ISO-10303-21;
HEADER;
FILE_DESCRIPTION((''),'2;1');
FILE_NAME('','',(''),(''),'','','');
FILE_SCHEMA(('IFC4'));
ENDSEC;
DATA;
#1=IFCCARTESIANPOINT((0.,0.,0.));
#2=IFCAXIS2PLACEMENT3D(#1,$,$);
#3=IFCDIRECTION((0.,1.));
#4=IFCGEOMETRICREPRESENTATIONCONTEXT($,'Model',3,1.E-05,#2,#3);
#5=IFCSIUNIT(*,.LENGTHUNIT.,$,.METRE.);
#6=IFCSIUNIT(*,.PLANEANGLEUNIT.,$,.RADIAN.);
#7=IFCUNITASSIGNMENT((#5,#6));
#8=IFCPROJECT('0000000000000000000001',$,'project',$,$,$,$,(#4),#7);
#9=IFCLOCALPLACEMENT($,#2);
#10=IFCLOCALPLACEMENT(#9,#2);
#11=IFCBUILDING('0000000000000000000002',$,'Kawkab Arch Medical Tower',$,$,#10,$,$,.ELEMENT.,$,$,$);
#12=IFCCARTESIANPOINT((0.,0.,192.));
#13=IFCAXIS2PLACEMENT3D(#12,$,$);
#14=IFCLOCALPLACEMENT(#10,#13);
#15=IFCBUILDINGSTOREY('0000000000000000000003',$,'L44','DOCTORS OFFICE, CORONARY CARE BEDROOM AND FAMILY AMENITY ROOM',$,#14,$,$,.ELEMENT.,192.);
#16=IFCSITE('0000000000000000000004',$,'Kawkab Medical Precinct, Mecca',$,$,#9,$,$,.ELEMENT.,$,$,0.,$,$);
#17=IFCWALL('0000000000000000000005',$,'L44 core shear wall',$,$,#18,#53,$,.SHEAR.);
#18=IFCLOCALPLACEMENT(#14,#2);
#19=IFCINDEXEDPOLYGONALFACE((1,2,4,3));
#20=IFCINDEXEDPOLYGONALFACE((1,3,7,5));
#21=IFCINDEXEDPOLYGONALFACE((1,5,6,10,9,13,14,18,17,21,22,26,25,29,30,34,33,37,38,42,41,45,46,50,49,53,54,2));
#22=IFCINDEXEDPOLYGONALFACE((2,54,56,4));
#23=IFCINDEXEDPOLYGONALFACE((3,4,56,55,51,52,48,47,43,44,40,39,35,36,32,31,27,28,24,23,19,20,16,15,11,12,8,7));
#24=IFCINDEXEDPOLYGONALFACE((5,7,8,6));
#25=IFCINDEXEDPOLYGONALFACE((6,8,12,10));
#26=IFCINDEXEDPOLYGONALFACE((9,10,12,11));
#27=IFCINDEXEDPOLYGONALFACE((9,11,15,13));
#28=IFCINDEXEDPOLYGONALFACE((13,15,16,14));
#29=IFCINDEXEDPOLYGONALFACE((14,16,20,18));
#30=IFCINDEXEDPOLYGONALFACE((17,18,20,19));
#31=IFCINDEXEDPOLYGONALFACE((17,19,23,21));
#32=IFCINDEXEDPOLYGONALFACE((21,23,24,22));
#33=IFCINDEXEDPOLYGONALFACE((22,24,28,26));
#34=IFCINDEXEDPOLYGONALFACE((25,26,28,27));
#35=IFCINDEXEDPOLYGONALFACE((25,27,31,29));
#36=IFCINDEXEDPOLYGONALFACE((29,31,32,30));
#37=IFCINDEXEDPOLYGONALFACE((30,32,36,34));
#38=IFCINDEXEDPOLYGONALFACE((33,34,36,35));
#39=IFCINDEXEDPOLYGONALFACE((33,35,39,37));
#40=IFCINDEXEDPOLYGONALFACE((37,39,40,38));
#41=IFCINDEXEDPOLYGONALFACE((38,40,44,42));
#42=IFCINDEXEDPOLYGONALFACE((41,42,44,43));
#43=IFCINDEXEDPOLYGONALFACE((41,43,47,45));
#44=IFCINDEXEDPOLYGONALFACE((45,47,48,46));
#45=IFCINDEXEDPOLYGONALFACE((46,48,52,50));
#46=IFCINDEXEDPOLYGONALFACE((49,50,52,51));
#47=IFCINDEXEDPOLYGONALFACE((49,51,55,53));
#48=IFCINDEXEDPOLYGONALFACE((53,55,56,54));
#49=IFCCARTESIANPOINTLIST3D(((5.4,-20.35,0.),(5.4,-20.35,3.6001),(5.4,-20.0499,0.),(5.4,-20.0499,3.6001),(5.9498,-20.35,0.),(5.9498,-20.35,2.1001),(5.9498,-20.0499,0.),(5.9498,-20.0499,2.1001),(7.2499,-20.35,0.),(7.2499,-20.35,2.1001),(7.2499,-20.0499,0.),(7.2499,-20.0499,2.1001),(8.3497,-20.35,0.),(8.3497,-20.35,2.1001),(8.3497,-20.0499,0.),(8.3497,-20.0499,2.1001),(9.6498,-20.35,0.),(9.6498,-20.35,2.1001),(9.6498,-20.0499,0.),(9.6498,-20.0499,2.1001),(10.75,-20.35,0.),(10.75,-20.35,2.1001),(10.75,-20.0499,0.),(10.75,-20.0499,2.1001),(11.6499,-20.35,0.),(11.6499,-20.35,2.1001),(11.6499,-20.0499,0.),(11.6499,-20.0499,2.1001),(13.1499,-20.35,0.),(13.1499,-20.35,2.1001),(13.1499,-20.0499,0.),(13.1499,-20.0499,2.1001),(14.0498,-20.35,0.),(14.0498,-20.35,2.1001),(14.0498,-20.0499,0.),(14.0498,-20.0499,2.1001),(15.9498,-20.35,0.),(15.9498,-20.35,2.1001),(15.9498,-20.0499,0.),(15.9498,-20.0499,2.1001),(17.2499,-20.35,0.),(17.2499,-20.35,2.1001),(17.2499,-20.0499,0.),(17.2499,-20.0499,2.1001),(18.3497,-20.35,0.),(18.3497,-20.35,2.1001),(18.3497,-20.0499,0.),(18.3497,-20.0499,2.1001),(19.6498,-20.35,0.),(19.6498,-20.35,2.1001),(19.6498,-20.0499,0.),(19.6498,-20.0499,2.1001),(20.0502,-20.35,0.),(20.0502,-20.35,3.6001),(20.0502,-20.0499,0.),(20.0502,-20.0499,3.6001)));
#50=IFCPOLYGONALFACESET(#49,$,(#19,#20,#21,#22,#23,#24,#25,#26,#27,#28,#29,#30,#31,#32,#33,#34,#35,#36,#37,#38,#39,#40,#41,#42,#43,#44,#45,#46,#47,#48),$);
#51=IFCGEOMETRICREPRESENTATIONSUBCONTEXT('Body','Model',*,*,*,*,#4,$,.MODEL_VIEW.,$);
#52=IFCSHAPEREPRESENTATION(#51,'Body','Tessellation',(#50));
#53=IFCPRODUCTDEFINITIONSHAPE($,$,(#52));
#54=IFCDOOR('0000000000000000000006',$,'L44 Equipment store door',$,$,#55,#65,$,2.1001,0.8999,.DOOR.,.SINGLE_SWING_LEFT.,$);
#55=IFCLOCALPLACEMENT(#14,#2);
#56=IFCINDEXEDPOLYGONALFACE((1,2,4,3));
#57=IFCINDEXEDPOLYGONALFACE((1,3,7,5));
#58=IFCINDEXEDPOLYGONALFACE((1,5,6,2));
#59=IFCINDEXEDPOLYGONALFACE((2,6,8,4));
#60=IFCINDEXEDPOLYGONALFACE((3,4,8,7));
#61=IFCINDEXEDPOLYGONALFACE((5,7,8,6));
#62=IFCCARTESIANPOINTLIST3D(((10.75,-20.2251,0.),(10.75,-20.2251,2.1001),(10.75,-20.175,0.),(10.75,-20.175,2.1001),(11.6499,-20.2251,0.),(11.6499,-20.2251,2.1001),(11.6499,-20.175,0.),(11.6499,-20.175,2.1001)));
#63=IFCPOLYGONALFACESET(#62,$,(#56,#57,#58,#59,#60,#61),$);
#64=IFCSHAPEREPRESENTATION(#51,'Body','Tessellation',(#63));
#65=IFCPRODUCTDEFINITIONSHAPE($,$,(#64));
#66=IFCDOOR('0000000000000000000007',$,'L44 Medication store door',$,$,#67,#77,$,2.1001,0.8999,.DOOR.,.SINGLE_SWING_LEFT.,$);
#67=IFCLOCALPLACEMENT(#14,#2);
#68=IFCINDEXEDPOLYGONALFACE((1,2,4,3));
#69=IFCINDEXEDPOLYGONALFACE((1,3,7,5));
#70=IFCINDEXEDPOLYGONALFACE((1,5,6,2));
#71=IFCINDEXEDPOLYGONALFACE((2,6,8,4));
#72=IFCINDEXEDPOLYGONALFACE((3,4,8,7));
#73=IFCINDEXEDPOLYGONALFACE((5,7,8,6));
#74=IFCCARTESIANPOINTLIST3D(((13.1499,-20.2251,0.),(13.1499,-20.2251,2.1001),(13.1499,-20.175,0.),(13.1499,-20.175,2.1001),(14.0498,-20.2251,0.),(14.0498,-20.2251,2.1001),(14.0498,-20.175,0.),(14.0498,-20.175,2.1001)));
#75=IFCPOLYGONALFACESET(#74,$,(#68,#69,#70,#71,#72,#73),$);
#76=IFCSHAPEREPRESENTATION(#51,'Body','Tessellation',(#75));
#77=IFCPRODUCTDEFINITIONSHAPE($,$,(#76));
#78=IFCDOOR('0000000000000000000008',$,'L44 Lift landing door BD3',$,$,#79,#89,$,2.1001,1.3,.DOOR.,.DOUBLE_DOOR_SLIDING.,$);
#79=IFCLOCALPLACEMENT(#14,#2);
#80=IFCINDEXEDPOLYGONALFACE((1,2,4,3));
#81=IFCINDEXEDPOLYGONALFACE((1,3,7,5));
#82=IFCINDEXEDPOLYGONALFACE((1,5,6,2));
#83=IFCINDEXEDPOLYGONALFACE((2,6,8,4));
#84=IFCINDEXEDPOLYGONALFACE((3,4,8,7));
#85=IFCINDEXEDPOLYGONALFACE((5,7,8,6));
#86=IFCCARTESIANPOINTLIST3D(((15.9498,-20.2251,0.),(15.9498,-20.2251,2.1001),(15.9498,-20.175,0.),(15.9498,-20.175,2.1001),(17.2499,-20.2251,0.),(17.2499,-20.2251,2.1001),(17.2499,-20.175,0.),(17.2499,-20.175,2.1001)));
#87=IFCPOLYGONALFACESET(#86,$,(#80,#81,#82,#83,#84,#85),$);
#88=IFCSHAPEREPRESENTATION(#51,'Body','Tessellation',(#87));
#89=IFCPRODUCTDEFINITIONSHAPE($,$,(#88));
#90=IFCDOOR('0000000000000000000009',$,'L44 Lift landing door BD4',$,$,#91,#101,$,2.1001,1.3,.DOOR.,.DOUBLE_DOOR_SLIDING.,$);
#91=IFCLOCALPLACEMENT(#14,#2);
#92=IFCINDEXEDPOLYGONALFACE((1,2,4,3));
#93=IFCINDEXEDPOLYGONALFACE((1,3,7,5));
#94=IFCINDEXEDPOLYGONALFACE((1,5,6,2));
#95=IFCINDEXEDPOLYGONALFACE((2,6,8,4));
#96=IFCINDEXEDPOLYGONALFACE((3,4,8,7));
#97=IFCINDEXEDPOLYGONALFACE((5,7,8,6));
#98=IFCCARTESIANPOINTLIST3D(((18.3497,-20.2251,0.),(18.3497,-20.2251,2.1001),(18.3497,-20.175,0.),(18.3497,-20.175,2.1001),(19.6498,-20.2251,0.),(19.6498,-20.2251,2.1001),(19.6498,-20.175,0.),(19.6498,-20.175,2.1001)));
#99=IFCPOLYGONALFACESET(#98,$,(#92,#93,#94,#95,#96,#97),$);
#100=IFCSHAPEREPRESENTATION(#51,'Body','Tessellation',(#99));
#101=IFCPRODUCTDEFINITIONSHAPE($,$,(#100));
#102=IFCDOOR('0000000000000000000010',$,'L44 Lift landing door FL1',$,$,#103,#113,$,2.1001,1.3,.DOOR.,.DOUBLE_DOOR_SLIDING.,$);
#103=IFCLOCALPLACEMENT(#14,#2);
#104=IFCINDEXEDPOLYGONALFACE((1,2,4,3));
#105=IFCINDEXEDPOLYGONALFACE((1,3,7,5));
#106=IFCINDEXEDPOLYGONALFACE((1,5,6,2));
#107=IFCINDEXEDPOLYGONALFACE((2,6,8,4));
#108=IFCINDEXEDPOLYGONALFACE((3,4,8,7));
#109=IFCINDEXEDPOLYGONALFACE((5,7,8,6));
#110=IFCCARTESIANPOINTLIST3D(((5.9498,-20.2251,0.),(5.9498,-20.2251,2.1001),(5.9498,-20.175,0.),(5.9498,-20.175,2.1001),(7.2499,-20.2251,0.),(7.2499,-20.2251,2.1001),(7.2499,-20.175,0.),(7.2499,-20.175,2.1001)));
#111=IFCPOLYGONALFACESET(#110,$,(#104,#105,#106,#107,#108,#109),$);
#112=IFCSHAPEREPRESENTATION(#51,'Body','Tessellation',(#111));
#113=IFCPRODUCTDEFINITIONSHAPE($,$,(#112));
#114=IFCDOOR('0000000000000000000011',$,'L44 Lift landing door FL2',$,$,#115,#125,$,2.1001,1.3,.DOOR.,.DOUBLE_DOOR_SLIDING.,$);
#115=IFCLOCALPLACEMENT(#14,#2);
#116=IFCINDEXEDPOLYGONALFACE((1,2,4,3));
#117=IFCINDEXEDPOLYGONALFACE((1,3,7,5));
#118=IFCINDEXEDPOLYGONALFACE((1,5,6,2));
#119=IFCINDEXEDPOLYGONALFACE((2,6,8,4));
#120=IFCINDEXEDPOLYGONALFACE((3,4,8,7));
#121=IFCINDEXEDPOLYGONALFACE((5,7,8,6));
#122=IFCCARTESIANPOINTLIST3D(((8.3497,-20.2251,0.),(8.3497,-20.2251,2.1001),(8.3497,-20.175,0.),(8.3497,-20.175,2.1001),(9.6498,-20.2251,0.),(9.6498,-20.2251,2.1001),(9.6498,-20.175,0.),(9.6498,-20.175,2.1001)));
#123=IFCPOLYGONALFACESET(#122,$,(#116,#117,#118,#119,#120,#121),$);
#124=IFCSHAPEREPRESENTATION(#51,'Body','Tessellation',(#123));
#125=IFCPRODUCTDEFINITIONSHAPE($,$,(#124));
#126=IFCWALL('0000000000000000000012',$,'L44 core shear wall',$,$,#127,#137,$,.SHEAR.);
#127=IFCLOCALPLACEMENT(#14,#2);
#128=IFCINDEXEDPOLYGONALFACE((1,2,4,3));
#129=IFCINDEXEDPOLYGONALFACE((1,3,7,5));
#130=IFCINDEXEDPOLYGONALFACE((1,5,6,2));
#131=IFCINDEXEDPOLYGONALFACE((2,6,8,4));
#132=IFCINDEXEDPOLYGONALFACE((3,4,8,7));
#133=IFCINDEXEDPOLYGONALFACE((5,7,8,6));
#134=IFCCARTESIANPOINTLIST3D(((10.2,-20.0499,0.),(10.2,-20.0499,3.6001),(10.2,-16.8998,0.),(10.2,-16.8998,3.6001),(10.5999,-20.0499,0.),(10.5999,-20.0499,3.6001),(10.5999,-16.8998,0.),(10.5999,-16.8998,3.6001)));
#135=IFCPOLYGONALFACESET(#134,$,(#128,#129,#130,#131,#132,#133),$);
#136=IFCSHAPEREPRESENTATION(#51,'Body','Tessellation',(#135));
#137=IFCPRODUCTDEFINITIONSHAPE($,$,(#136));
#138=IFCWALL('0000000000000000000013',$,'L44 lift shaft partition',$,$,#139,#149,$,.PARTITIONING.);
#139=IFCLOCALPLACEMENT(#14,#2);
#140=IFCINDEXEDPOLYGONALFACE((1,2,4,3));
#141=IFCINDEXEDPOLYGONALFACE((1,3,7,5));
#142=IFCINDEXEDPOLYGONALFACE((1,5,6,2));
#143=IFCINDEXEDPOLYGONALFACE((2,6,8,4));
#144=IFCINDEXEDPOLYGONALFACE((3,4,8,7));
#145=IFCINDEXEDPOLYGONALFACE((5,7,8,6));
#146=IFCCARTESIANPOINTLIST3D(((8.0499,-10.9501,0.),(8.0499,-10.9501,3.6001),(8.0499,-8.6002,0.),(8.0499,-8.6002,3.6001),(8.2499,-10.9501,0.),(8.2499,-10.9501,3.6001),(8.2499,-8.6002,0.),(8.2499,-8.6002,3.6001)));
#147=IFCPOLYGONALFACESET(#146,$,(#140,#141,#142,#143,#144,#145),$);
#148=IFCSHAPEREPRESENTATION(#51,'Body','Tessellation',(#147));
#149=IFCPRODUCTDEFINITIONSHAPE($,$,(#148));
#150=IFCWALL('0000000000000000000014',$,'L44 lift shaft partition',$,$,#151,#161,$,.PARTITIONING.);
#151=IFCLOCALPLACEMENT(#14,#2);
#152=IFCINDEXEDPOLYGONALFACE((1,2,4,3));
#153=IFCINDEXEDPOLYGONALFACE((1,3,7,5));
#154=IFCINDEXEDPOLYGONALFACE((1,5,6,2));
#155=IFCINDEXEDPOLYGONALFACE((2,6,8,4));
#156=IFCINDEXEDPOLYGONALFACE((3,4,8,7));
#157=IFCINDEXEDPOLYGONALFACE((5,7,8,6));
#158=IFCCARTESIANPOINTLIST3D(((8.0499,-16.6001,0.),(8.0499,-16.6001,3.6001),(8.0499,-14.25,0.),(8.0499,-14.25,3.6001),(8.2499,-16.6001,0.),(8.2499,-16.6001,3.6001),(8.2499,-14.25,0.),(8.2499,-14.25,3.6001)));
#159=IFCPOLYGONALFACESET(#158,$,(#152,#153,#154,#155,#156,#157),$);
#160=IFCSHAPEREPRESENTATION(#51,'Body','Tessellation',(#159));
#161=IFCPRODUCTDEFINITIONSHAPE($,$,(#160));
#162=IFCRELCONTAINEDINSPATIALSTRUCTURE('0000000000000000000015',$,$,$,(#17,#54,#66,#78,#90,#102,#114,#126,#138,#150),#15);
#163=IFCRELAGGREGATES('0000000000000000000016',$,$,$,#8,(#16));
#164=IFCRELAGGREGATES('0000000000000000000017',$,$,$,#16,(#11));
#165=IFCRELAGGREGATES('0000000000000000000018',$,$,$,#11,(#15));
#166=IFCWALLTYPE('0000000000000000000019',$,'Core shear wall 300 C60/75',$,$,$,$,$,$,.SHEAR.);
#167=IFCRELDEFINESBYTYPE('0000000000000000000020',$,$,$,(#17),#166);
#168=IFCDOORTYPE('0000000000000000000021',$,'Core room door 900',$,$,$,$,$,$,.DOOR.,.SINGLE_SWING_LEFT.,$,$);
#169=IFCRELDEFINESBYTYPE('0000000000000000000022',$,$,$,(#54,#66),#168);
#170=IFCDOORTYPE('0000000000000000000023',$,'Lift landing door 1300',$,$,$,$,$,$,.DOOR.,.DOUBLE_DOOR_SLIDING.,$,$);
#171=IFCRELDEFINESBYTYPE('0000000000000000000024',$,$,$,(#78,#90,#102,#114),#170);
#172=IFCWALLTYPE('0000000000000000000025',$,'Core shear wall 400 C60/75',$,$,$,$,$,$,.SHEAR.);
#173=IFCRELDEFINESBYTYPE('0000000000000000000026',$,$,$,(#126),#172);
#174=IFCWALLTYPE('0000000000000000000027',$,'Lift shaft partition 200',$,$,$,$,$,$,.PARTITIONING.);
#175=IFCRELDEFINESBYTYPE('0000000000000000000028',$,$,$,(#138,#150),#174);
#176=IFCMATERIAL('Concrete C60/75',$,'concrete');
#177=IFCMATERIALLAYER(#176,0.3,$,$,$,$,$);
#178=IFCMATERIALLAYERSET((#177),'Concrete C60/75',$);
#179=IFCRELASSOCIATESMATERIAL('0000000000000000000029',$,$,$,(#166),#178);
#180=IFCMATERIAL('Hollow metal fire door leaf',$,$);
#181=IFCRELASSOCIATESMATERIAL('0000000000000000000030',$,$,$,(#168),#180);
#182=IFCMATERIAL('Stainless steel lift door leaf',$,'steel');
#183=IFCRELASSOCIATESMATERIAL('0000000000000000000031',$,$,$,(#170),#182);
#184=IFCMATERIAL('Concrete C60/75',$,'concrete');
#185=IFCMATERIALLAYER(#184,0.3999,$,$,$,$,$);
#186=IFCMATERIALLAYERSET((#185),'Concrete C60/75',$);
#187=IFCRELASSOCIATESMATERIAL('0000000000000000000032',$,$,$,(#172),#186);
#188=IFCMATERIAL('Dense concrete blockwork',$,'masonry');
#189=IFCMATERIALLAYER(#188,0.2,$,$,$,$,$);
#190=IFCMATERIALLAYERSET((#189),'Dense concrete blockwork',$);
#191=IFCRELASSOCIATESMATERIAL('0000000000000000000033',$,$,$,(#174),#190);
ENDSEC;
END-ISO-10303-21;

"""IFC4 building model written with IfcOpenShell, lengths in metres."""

from ifc_helpers import new_model, si_unit, direction, frame, frame_2d, origin, place, context, subcontext, project, spatial, rectangle, extrude, material, layer, layer_set, type_object, element, fill, save


model = new_model("IFC4")

# Units and contexts
model_context = context("Model", 3, precision=1e-05, world=origin(), true_north=direction((0.0, 1.0)))
body_context = subcontext(model_context, "Body", "Model", "MODEL_VIEW")
ifc_project = project(units=[si_unit("LENGTHUNIT", "METRE"), si_unit("PLANEANGLEUNIT", "RADIAN")], contexts=[model_context])

# Site, building, storey
site_placement = place(None, origin())
site = spatial("IfcSite", under=ifc_project, at=site_placement, Name="Kawkab Medical Precinct, Mecca", CompositionType="ELEMENT", RefElevation=0.0)
building_placement = place(site_placement, origin())
building = spatial("IfcBuilding", under=site, at=building_placement, Name="Kawkab Arch Medical Tower", CompositionType="ELEMENT")
storey_placement = place(building_placement, frame((0.0, 0.0, 192.0)))
storey = spatial("IfcBuildingStorey", under=building, at=storey_placement, Name="L44", Description="DOCTORS OFFICE, CORONARY CARE BEDROOM AND FAMILY AMENITY ROOM", CompositionType="ELEMENT", Elevation=192.0)

# Shared definitions
ifc_material_1 = material(Name="Concrete C60/75", Category="concrete")
ifc_layer_1 = layer(ifc_material_1, 0.3)
ifc_layer_set_1 = layer_set([ifc_layer_1], Name="Concrete C60/75")
wall_type_1 = type_object("IfcWallType", Name="Core shear wall 300 C60/75", PredefinedType="SHEAR", material=ifc_layer_set_1)

# Shared definitions
ifc_material_2 = material(Name="Hollow metal fire door leaf")
door_type_1 = type_object("IfcDoorType", Name="Core room door 900", OperationType="SINGLE_SWING_LEFT", PredefinedType="DOOR", material=ifc_material_2)

# Wall, openings, doors
wall_1_placement = place(storey_placement, frame((5.3999, -20.2, 0.0), z_axis=(0.0, 0.0, 1.0), x_axis=(1.0, 0.0, 0.0)))
wall_1 = element("IfcWall", 1, at=wall_1_placement, inside=storey, type_object=wall_type_1, Name="L44 core shear wall", PredefinedType="SHEAR", context=body_context, shape_type="SweptSolid", body=[
    extrude(rectangle(XDim=14.6501, YDim=0.3, at=frame_2d((7.3252, 0.0))), origin(), (0.0, 0.0, 1.0), 3.6001),
])
opening_1_placement = place(wall_1_placement, frame((10.55, 0.0, 0.0)))
opening_1 = element("IfcOpeningElement", 2, at=opening_1_placement, cuts=wall_1, PredefinedType="OPENING", context=body_context, shape_type="SweptSolid", body=[
    extrude(rectangle(XDim=1.3, YDim=2.1001, at=frame_2d((0.6499, 1.05))), frame((0.0, 0.1599, 0.0), z_axis=(0.0, -1.0, 0.0), x_axis=(1.0, 0.0, 0.0)), (0.0, 0.0, 1.0), 0.3201),
])
opening_2_placement = place(wall_1_placement, frame((12.95, 0.0, 0.0)))
opening_2 = element("IfcOpeningElement", 3, at=opening_2_placement, cuts=wall_1, PredefinedType="OPENING", context=body_context, shape_type="SweptSolid", body=[
    extrude(rectangle(XDim=1.3, YDim=2.1001, at=frame_2d((0.6499, 1.05))), frame((0.0, 0.1599, 0.0), z_axis=(0.0, -1.0, 0.0), x_axis=(1.0, 0.0, 0.0)), (0.0, 0.0, 1.0), 0.3201),
])
opening_3_placement = place(wall_1_placement, frame((0.55, 0.0, 0.0)))
opening_3 = element("IfcOpeningElement", 4, at=opening_3_placement, cuts=wall_1, PredefinedType="OPENING", context=body_context, shape_type="SweptSolid", body=[
    extrude(rectangle(XDim=1.3, YDim=2.1001, at=frame_2d((0.6499, 1.05))), frame((0.0, 0.1599, 0.0), z_axis=(0.0, -1.0, 0.0), x_axis=(1.0, 0.0, 0.0)), (0.0, 0.0, 1.0), 0.3201),
])
opening_4_placement = place(wall_1_placement, frame((2.95, 0.0, 0.0)))
opening_4 = element("IfcOpeningElement", 5, at=opening_4_placement, cuts=wall_1, PredefinedType="OPENING", context=body_context, shape_type="SweptSolid", body=[
    extrude(rectangle(XDim=1.3, YDim=2.1001, at=frame_2d((0.6499, 1.05))), frame((0.0, 0.1599, 0.0), z_axis=(0.0, -1.0, 0.0), x_axis=(1.0, 0.0, 0.0)), (0.0, 0.0, 1.0), 0.3201),
])
opening_5_placement = place(wall_1_placement, frame((5.3501, 0.0, 0.0)))
opening_5 = element("IfcOpeningElement", 6, at=opening_5_placement, cuts=wall_1, PredefinedType="OPENING", context=body_context, shape_type="SweptSolid", body=[
    extrude(rectangle(XDim=0.8999, YDim=2.1001, at=frame_2d((0.45, 1.05))), frame((0.0, 0.1599, 0.0), z_axis=(0.0, -1.0, 0.0), x_axis=(1.0, 0.0, 0.0)), (0.0, 0.0, 1.0), 0.3201),
])
opening_6_placement = place(wall_1_placement, frame((7.75, 0.0, 0.0)))
opening_6 = element("IfcOpeningElement", 7, at=opening_6_placement, cuts=wall_1, PredefinedType="OPENING", context=body_context, shape_type="SweptSolid", body=[
    extrude(rectangle(XDim=0.8999, YDim=2.1001, at=frame_2d((0.45, 1.05))), frame((0.0, 0.1599, 0.0), z_axis=(0.0, -1.0, 0.0), x_axis=(1.0, 0.0, 0.0)), (0.0, 0.0, 1.0), 0.3201),
])
door_1_placement = place(opening_5_placement, origin())
door_1 = element("IfcDoor", 8, at=door_1_placement, inside=storey, type_object=door_type_1, Name="L44 Equipment store door", OperationType="SINGLE_SWING_LEFT", OverallHeight=2.1001, OverallWidth=0.8999, PredefinedType="DOOR", context=body_context, shape_type="SweptSolid", body=[
    extrude(rectangle(XDim=0.8999, YDim=2.1001, at=frame_2d((0.45, 1.05))), frame((0.0, 0.0249, 0.0), z_axis=(0.0, -1.0, 0.0), x_axis=(1.0, 0.0, 0.0)), (0.0, 0.0, 1.0), 0.05),
])
fill(opening_5, door_1)
door_2_placement = place(opening_6_placement, origin())
door_2 = element("IfcDoor", 9, at=door_2_placement, inside=storey, type_object=door_type_1, Name="L44 Medication store door", OperationType="SINGLE_SWING_LEFT", OverallHeight=2.1001, OverallWidth=0.8999, PredefinedType="DOOR", context=body_context, shape_type="SweptSolid", body=[
    extrude(rectangle(XDim=0.8999, YDim=2.1001, at=frame_2d((0.45, 1.05))), frame((0.0, 0.0249, 0.0), z_axis=(0.0, -1.0, 0.0), x_axis=(1.0, 0.0, 0.0)), (0.0, 0.0, 1.0), 0.05),
])
fill(opening_6, door_2)
ifc_material_3 = material(Name="Stainless steel lift door leaf", Category="steel")
door_type_2 = type_object("IfcDoorType", Name="Lift landing door 1300", OperationType="DOUBLE_DOOR_SLIDING", PredefinedType="DOOR", material=ifc_material_3)
door_3_placement = place(opening_1_placement, origin())
door_3 = element("IfcDoor", 10, at=door_3_placement, inside=storey, type_object=door_type_2, Name="L44 Lift landing door BD3", OperationType="DOUBLE_DOOR_SLIDING", OverallHeight=2.1001, OverallWidth=1.3, PredefinedType="DOOR", context=body_context, shape_type="SweptSolid", body=[
    extrude(rectangle(XDim=1.3, YDim=2.1001, at=frame_2d((0.6499, 1.05))), frame((0.0, 0.0249, 0.0), z_axis=(0.0, -1.0, 0.0), x_axis=(1.0, 0.0, 0.0)), (0.0, 0.0, 1.0), 0.05),
])
fill(opening_1, door_3)
door_4_placement = place(opening_2_placement, origin())
door_4 = element("IfcDoor", 11, at=door_4_placement, inside=storey, type_object=door_type_2, Name="L44 Lift landing door BD4", OperationType="DOUBLE_DOOR_SLIDING", OverallHeight=2.1001, OverallWidth=1.3, PredefinedType="DOOR", context=body_context, shape_type="SweptSolid", body=[
    extrude(rectangle(XDim=1.3, YDim=2.1001, at=frame_2d((0.6499, 1.05))), frame((0.0, 0.0249, 0.0), z_axis=(0.0, -1.0, 0.0), x_axis=(1.0, 0.0, 0.0)), (0.0, 0.0, 1.0), 0.05),
])
fill(opening_2, door_4)
door_5_placement = place(opening_3_placement, origin())
door_5 = element("IfcDoor", 12, at=door_5_placement, inside=storey, type_object=door_type_2, Name="L44 Lift landing door FL1", OperationType="DOUBLE_DOOR_SLIDING", OverallHeight=2.1001, OverallWidth=1.3, PredefinedType="DOOR", context=body_context, shape_type="SweptSolid", body=[
    extrude(rectangle(XDim=1.3, YDim=2.1001, at=frame_2d((0.6499, 1.05))), frame((0.0, 0.0249, 0.0), z_axis=(0.0, -1.0, 0.0), x_axis=(1.0, 0.0, 0.0)), (0.0, 0.0, 1.0), 0.05),
])
fill(opening_3, door_5)
door_6_placement = place(opening_4_placement, origin())
door_6 = element("IfcDoor", 13, at=door_6_placement, inside=storey, type_object=door_type_2, Name="L44 Lift landing door FL2", OperationType="DOUBLE_DOOR_SLIDING", OverallHeight=2.1001, OverallWidth=1.3, PredefinedType="DOOR", context=body_context, shape_type="SweptSolid", body=[
    extrude(rectangle(XDim=1.3, YDim=2.1001, at=frame_2d((0.6499, 1.05))), frame((0.0, 0.0249, 0.0), z_axis=(0.0, -1.0, 0.0), x_axis=(1.0, 0.0, 0.0)), (0.0, 0.0, 1.0), 0.05),
])
fill(opening_4, door_6)

# Walls
ifc_material_4 = material(Name="Concrete C60/75", Category="concrete")
ifc_layer_2 = layer(ifc_material_4, 0.3999)
ifc_layer_set_2 = layer_set([ifc_layer_2], Name="Concrete C60/75")
wall_type_2 = type_object("IfcWallType", Name="Core shear wall 400 C60/75", PredefinedType="SHEAR", material=ifc_layer_set_2)
wall_2_placement = place(storey_placement, frame((10.3999, -20.05, 0.0), z_axis=(0.0, 0.0, 1.0), x_axis=(0.0, 1.0, 0.0)))
element("IfcWall", 14, at=wall_2_placement, inside=storey, type_object=wall_type_2, Name="L44 core shear wall", PredefinedType="SHEAR", context=body_context, shape_type="SweptSolid", body=[
    extrude(rectangle(XDim=3.1501, YDim=0.3999, at=frame_2d((1.5752, 0.0))), origin(), (0.0, 0.0, 1.0), 3.6001),
])
ifc_material_5 = material(Name="Dense concrete blockwork", Category="masonry")
ifc_layer_3 = layer(ifc_material_5, 0.2)
ifc_layer_set_3 = layer_set([ifc_layer_3], Name="Dense concrete blockwork")
wall_type_3 = type_object("IfcWallType", Name="Lift shaft partition 200", PredefinedType="PARTITIONING", material=ifc_layer_set_3)
wall_3_placement = place(storey_placement, frame((8.1499, -10.95, 0.0), z_axis=(0.0, 0.0, 1.0), x_axis=(0.0, 1.0, 0.0)))
element("IfcWall", 15, at=wall_3_placement, inside=storey, type_object=wall_type_3, Name="L44 lift shaft partition", PredefinedType="PARTITIONING", context=body_context, shape_type="SweptSolid", body=[
    extrude(rectangle(XDim=2.3499, YDim=0.2, at=frame_2d((1.1748, 0.0))), origin(), (0.0, 0.0, 1.0), 3.6001),
])
for number, where, z_axis, x_axis, name in (
    (16, (8.1499, -16.6001, 0.0), (0.0, 0.0, 1.0), (0.0, 1.0, 0.0), "L44 lift shaft partition"),
):
    element("IfcWall", number, at=place(storey_placement, frame(where, z_axis=z_axis, x_axis=x_axis)), inside=storey, type_object=wall_type_3, Name=name, PredefinedType="PARTITIONING", context=body_context, shape_type="SweptSolid", body=[
        extrude(rectangle(XDim=2.3501, YDim=0.2, at=frame_2d((1.175, 0.0))), origin(), (0.0, 0.0, 1.0), 3.6001),
    ])

save(model, "model.ifc")
